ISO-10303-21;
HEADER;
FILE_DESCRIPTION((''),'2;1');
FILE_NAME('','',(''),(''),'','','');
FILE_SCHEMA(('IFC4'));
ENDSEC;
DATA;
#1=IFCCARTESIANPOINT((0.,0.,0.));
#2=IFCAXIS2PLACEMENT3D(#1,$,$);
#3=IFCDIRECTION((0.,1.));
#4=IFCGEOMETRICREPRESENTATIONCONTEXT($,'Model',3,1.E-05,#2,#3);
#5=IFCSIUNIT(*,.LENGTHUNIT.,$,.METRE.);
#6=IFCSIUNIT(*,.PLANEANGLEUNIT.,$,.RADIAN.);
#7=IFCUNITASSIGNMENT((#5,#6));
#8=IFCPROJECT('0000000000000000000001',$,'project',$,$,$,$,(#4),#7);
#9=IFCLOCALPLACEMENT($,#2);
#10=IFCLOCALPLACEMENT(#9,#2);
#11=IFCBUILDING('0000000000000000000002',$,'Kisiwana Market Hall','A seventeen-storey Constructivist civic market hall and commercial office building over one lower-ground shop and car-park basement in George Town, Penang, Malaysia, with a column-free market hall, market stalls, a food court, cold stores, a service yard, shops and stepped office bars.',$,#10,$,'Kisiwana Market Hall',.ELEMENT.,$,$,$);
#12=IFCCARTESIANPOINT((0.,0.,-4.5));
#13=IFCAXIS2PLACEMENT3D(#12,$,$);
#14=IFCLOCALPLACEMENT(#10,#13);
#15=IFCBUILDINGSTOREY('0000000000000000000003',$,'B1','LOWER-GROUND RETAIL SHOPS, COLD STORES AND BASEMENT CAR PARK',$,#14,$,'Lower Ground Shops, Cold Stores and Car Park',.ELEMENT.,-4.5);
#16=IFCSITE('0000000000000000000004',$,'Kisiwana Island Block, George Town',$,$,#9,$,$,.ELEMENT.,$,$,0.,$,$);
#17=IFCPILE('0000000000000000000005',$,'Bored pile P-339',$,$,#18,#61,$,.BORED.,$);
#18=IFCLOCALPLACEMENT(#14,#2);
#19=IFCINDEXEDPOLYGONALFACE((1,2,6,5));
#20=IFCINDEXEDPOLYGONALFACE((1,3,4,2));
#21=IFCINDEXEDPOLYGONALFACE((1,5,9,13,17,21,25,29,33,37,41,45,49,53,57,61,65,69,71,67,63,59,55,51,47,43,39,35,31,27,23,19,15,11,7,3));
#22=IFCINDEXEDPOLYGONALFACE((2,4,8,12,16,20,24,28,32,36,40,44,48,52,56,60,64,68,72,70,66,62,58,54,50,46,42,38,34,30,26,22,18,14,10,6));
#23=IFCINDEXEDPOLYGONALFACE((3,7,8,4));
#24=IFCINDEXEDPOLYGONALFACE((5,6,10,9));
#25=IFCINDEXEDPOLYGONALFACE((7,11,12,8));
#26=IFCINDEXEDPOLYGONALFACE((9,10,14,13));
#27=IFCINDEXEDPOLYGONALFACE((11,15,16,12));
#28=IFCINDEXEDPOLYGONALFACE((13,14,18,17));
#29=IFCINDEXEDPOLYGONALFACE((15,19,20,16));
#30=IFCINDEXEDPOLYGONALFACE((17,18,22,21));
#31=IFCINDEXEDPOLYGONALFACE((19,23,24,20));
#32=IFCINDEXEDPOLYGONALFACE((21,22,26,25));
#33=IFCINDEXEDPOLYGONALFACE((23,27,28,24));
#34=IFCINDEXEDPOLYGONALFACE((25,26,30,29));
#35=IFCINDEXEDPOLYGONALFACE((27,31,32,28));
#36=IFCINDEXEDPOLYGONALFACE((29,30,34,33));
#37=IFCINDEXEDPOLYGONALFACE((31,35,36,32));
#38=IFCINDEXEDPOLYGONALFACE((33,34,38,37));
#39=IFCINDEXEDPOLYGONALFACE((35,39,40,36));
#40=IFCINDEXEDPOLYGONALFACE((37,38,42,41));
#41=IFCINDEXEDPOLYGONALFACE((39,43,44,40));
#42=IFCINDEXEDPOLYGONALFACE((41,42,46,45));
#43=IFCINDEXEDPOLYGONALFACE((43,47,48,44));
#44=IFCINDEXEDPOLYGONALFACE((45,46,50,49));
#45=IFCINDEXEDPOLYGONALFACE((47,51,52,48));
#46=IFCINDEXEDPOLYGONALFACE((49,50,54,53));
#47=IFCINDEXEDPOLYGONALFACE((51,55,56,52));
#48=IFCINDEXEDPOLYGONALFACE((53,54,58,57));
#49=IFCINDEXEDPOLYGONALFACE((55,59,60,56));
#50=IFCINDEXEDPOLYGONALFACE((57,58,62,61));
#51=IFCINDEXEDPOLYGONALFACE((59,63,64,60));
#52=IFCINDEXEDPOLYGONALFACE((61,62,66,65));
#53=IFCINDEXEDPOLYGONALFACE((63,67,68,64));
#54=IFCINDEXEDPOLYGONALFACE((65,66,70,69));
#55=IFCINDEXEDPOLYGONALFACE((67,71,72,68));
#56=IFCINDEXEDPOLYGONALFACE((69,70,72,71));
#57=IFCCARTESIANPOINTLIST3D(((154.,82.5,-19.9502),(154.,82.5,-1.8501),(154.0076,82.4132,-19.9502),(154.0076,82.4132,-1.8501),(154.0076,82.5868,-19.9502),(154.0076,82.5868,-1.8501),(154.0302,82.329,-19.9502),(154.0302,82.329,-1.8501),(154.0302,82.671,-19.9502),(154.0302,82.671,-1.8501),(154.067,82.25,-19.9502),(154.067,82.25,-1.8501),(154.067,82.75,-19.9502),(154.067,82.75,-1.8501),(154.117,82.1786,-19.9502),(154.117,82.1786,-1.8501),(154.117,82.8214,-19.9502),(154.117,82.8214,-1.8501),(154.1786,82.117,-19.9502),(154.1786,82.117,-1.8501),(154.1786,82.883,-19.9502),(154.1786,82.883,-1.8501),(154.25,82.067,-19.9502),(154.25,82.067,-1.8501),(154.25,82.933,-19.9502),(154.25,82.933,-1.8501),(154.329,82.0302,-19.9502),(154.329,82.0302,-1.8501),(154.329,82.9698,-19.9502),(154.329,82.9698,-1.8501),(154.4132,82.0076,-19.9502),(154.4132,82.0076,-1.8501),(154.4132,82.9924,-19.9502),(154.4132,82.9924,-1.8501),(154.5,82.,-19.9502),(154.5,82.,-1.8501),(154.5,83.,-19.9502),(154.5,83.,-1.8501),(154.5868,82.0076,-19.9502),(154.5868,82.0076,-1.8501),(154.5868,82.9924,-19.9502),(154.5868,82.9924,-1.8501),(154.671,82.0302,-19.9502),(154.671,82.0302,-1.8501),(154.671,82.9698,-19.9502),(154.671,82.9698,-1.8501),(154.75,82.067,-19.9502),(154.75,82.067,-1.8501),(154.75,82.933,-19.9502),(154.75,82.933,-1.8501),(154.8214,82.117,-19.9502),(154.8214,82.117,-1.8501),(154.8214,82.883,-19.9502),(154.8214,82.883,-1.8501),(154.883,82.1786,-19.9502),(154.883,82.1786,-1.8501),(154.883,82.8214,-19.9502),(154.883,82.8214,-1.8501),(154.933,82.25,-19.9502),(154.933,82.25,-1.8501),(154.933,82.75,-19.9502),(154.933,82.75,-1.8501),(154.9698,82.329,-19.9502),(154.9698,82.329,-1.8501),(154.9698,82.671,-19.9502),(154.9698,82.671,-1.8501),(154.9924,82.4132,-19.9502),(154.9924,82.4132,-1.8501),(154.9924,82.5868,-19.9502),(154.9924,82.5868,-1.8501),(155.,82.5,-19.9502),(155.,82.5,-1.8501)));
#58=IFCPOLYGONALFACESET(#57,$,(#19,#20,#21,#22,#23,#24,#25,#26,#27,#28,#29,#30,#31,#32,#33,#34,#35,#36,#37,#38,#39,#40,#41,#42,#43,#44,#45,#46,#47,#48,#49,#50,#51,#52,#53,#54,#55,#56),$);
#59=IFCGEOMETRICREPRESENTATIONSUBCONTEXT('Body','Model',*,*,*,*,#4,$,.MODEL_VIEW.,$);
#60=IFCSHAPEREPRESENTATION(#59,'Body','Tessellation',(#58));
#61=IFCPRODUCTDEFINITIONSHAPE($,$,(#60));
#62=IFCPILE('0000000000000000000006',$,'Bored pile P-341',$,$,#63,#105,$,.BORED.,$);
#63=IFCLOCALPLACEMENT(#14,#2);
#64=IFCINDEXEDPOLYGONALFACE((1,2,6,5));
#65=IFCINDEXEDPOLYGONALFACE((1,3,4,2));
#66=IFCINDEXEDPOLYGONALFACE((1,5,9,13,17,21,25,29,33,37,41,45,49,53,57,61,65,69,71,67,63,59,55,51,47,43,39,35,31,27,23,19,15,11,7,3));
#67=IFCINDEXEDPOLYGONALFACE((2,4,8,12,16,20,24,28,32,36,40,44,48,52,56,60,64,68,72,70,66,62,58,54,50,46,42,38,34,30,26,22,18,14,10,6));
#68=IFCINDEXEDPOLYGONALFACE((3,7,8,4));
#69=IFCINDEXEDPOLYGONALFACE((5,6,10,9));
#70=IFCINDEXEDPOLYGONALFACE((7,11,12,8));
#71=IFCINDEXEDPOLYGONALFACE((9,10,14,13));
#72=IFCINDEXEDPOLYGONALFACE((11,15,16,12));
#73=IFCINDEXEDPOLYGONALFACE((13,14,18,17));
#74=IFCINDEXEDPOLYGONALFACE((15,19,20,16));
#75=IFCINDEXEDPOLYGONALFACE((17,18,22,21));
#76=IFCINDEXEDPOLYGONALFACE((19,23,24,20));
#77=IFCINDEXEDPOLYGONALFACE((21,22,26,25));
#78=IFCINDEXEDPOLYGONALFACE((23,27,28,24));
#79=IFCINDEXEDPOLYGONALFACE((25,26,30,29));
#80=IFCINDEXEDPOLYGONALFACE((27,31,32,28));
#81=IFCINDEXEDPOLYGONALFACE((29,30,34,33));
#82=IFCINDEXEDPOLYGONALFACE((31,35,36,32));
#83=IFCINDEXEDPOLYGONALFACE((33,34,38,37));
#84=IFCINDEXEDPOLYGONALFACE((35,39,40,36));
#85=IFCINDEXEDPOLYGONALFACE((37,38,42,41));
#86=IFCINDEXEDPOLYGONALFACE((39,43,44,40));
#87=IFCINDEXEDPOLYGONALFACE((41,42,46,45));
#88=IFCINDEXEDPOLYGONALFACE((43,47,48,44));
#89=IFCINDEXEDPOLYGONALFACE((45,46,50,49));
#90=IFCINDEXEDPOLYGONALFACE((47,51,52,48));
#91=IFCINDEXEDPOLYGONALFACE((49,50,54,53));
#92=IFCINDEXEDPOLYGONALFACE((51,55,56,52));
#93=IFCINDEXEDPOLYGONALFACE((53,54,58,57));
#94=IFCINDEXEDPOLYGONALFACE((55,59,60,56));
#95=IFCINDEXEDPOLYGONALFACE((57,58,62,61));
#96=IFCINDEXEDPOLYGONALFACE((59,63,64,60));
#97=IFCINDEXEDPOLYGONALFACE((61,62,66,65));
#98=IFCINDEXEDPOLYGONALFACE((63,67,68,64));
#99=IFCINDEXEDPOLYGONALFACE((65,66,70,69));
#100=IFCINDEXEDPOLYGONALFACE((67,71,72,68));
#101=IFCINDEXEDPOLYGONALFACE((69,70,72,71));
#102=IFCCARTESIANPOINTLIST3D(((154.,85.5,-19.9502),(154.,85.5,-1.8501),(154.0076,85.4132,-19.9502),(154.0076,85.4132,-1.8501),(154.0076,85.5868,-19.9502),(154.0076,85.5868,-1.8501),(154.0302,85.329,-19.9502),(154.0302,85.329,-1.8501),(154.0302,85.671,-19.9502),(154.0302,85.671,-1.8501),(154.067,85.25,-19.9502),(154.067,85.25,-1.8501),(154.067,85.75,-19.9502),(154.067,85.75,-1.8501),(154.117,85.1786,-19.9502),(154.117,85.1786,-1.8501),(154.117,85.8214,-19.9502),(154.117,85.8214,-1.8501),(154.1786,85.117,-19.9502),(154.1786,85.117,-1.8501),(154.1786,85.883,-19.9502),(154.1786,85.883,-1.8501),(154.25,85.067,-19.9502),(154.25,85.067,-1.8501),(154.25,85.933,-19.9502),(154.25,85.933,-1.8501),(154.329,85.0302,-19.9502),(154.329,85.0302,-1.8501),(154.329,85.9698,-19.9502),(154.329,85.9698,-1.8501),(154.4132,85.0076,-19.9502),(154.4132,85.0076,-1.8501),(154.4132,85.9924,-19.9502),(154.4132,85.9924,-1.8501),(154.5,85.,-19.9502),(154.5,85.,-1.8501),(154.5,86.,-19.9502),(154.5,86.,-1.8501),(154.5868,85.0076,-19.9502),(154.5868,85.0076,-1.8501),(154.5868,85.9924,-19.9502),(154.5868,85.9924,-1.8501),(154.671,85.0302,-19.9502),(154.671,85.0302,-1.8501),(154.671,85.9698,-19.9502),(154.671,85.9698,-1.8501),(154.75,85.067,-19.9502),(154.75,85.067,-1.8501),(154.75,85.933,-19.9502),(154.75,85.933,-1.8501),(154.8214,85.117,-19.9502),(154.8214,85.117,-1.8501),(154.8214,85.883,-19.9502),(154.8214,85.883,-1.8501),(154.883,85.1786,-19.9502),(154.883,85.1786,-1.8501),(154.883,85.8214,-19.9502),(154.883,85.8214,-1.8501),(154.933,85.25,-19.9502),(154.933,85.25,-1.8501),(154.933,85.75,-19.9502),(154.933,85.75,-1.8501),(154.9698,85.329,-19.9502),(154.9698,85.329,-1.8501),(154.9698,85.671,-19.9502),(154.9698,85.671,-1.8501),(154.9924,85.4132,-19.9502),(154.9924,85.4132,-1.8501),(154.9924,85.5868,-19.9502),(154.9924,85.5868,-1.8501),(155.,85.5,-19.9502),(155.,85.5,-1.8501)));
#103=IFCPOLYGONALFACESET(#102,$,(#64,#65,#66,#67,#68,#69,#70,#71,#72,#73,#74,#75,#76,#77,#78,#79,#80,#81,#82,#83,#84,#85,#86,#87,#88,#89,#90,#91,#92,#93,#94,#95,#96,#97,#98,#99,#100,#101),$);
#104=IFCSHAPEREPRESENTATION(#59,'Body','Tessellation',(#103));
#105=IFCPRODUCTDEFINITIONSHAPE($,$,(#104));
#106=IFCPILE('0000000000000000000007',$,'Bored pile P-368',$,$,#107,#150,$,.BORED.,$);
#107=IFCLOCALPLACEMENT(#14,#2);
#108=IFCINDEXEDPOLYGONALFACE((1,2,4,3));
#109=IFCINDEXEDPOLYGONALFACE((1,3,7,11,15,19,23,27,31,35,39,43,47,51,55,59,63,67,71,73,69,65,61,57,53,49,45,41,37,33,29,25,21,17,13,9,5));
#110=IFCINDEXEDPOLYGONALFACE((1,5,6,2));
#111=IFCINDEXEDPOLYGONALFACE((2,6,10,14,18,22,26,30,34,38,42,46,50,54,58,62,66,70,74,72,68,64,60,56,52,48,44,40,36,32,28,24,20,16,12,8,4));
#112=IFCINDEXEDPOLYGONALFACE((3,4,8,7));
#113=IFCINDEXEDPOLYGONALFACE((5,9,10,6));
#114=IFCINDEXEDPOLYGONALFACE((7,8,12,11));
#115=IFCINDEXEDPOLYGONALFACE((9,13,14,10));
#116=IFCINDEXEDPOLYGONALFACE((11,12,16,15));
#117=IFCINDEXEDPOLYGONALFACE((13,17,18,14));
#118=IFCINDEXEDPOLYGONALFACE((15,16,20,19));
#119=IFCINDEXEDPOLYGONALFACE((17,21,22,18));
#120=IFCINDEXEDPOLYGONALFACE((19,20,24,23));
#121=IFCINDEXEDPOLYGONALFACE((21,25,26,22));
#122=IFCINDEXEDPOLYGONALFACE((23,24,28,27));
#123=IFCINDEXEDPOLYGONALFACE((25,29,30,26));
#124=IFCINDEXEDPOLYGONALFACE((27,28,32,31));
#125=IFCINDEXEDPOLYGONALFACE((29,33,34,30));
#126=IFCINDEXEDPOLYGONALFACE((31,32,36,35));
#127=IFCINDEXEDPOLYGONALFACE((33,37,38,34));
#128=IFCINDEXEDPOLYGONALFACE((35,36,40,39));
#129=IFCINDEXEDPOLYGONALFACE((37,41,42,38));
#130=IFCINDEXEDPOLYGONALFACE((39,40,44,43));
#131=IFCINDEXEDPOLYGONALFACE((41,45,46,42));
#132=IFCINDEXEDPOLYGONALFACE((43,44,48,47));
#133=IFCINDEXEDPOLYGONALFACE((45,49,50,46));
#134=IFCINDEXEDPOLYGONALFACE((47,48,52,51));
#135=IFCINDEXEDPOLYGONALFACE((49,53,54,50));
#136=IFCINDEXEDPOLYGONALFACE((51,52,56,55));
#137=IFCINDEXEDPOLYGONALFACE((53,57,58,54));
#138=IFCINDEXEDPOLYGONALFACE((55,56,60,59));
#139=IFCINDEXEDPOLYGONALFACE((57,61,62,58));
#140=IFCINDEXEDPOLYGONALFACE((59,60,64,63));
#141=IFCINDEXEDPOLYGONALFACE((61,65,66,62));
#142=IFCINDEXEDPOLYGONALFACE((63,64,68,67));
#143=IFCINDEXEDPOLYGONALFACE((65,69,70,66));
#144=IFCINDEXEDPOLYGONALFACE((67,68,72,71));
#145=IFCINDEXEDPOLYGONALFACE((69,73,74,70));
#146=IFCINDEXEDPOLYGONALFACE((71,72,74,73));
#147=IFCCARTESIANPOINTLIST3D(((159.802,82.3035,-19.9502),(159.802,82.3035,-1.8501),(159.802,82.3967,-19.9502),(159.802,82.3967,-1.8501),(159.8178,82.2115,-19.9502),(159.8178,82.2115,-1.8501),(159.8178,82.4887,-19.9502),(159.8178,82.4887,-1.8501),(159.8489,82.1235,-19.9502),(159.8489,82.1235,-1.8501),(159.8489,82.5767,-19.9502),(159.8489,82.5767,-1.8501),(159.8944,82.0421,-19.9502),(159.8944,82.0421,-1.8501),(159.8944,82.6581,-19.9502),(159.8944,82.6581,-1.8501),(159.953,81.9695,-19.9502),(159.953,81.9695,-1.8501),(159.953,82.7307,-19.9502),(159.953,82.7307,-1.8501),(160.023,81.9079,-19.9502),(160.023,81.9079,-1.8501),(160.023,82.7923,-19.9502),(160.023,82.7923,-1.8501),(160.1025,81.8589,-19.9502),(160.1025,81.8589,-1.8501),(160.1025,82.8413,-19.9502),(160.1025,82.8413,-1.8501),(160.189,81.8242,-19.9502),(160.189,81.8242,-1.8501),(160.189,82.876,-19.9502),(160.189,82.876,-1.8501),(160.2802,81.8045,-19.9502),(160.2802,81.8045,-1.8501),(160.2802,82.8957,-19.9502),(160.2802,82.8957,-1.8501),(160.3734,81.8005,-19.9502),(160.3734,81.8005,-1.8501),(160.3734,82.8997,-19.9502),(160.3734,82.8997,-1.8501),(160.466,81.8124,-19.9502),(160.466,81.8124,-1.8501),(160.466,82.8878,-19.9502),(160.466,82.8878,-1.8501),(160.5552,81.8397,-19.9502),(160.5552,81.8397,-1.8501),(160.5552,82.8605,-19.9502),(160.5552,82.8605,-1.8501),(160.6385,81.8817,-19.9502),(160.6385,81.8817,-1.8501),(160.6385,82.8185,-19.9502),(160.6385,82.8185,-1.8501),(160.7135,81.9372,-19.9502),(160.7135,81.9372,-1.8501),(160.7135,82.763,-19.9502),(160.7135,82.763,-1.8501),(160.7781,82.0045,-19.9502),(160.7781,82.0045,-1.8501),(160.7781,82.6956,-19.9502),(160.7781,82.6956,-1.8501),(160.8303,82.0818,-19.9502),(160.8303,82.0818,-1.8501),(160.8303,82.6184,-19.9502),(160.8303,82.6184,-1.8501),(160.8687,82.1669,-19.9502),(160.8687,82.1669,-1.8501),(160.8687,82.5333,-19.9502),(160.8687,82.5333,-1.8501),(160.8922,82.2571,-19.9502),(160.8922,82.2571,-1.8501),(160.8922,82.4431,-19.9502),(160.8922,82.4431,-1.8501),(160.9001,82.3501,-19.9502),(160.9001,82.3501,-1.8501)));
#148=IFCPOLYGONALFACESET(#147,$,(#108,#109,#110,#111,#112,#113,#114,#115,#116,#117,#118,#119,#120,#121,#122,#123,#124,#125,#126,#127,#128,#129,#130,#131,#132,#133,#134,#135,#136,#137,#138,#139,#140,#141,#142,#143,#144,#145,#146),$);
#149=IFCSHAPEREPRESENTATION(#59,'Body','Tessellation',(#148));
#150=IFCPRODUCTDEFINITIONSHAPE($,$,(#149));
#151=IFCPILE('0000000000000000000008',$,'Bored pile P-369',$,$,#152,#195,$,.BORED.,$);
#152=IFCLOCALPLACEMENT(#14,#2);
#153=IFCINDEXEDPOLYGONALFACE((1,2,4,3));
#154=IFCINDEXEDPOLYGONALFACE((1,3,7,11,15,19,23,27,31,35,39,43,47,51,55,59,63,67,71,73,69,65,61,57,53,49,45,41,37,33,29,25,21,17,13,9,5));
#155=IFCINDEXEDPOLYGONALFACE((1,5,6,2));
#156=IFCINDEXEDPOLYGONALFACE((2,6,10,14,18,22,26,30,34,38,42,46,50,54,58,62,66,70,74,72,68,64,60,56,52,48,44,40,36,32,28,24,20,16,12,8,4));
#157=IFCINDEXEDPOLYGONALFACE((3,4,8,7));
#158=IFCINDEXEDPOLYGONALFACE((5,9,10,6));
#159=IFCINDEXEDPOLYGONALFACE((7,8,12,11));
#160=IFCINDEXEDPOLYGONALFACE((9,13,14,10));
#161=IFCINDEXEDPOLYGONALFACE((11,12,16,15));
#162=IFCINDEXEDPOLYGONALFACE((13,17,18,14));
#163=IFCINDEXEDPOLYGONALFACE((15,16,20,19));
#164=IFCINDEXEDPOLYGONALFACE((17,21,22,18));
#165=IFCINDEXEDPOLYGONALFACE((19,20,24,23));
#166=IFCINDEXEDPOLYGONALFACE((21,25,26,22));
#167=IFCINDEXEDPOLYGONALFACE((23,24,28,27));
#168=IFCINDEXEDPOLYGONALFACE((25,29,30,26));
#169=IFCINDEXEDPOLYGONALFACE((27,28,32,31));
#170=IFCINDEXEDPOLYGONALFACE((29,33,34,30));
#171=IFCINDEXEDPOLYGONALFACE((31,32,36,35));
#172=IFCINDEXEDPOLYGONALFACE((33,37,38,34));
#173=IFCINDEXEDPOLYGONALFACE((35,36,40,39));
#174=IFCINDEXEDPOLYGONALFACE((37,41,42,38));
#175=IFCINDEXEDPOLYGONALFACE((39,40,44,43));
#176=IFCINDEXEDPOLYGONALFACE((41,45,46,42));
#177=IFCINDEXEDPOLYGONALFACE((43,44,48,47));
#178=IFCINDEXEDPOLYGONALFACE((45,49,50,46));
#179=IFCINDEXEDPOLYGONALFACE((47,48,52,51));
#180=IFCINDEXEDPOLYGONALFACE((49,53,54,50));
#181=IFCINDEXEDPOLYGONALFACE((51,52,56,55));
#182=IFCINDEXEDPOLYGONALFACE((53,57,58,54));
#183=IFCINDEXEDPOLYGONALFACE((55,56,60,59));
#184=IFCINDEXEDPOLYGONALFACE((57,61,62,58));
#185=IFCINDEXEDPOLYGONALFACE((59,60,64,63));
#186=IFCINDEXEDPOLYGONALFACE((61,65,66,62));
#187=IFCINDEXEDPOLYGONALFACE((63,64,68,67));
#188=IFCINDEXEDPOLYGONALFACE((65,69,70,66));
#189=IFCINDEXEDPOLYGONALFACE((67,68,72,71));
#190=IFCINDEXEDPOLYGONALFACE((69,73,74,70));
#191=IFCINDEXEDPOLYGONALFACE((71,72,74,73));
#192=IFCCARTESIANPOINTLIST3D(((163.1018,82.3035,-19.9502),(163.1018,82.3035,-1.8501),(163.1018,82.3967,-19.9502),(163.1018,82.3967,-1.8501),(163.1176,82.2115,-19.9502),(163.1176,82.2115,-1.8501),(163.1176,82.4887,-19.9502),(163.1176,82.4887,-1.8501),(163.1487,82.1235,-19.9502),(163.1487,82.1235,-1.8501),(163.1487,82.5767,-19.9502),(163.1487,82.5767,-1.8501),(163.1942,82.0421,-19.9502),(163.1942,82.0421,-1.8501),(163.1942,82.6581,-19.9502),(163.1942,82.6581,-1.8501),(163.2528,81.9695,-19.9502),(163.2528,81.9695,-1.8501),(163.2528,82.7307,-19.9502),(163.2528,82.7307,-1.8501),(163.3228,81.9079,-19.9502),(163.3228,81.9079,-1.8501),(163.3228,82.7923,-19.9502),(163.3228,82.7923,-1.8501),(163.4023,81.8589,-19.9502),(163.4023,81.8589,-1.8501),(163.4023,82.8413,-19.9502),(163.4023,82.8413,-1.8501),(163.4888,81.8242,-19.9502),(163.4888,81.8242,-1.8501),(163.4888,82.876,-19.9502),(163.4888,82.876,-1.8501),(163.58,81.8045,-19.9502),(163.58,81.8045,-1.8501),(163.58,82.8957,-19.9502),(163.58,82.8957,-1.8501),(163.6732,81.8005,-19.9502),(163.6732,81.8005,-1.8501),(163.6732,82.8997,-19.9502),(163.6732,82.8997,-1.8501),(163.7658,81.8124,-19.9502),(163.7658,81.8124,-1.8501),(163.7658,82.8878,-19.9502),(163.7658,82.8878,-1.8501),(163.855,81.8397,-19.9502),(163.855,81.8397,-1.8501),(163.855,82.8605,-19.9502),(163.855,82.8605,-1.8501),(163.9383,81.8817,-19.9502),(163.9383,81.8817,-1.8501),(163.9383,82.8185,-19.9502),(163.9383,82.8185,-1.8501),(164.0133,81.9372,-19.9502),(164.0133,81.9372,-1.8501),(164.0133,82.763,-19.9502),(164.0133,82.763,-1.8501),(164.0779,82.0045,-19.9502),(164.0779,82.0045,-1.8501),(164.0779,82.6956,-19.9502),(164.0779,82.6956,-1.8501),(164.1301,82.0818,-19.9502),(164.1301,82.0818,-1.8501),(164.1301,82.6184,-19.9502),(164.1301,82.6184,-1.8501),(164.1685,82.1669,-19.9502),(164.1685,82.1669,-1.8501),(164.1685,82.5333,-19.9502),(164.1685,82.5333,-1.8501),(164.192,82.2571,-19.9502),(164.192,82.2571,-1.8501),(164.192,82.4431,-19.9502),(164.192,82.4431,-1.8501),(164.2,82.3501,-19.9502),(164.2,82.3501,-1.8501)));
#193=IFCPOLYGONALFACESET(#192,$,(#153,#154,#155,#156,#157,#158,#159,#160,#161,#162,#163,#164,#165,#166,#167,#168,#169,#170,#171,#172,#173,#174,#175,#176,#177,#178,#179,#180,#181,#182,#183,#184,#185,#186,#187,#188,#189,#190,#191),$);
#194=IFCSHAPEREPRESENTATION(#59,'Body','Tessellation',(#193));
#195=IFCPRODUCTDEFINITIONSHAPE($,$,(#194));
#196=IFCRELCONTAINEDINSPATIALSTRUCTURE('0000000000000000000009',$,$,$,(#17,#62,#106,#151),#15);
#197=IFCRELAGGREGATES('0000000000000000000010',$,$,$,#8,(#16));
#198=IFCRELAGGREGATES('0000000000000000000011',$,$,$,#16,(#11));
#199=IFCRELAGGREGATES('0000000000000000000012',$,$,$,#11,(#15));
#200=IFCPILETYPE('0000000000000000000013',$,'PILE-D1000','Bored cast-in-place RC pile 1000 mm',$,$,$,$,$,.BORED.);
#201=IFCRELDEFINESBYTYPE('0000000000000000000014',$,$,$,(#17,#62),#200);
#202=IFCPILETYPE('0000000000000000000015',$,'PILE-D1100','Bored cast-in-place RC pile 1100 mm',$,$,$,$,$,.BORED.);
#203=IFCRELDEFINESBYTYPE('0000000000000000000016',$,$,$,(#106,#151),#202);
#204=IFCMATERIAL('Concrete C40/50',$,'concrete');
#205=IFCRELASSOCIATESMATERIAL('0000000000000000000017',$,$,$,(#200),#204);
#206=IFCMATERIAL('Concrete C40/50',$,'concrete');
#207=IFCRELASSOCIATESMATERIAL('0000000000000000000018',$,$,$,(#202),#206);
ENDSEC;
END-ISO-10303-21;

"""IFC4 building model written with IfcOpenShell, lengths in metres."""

from ifc_helpers import new_model, si_unit, direction, frame, origin, origin_2d, place, context, subcontext, project, spatial, circle, extrude, material, material_profile, profile_set, type_object, element, save


model = new_model("IFC4")

# Units and contexts
model_context = context("Model", 3, precision=1e-05, world=origin(), true_north=direction((0.0, 1.0)))
body_context = subcontext(model_context, "Body", "Model", "MODEL_VIEW")
ifc_project = project(units=[si_unit("LENGTHUNIT", "METRE"), si_unit("PLANEANGLEUNIT", "RADIAN")], contexts=[model_context])

# Site, building, storey
site_placement = place(None, origin())
site = spatial("IfcSite", under=ifc_project, at=site_placement, Name="Kisiwana Island Block, George Town", CompositionType="ELEMENT", RefElevation=0.0)
building_placement = place(site_placement, origin())
building = spatial("IfcBuilding", under=site, at=building_placement, Name="Kisiwana Market Hall", Description="A seventeen-storey Constructivist civic market hall and commercial office building over one lower-ground shop and car-park basement in George Town, Penang, Malaysia, with a column-free market hall, market stalls, a food court, cold stores, a service yard, shops and stepped office bars.", LongName="Kisiwana Market Hall", CompositionType="ELEMENT")
storey_placement = place(building_placement, frame((0.0, 0.0, -4.5)))
storey = spatial("IfcBuildingStorey", under=building, at=storey_placement, Name="B1", Description="LOWER-GROUND RETAIL SHOPS, COLD STORES AND BASEMENT CAR PARK", LongName="Lower Ground Shops, Cold Stores and Car Park", CompositionType="ELEMENT", Elevation=-4.5)

# Piles
ifc_material_1 = material(Name="Concrete C40/50", Category="concrete")
ifc_material_profile_1 = material_profile(ifc_material_1, circle(Radius=0.5, at=origin_2d()), Name="BP D1000")
ifc_profile_set_1 = profile_set([ifc_material_profile_1], Name="Concrete C40/50")
pile_type_1 = type_object("IfcPileType", Name="PILE-D1000", Description="Bored cast-in-place RC pile 1000 mm", PredefinedType="BORED", material=ifc_profile_set_1)
for number, where, z_axis, x_axis, name in (
    (1, (154.5, 82.5, -1.8501), (0.0, 0.0, -1.0), (1.0, 0.0, 0.0), "Bored pile P-339"),
    (2, (154.5, 85.5, -1.8501), (0.0, 0.0, -1.0), (1.0, 0.0, 0.0), "Bored pile P-341"),
):
    element("IfcPile", number, at=place(storey_placement, frame(where, z_axis=z_axis, x_axis=x_axis)), inside=storey, type_object=pile_type_1, Name=name, PredefinedType="BORED", context=body_context, shape_type="SweptSolid", body=[
        extrude(circle(Radius=0.5, at=origin_2d()), origin(), (0.0, 0.0, 1.0), 18.1001),
    ])
ifc_material_2 = material(Name="Concrete C40/50", Category="concrete")
ifc_material_profile_2 = material_profile(ifc_material_2, circle(Radius=0.55, at=origin_2d()), Name="BP D1100")
ifc_profile_set_2 = profile_set([ifc_material_profile_2], Name="Concrete C40/50")
pile_type_2 = type_object("IfcPileType", Name="PILE-D1100", Description="Bored cast-in-place RC pile 1100 mm", PredefinedType="BORED", material=ifc_profile_set_2)
for number, where, z_axis, x_axis, name in (
    (3, (160.3501, 82.3501, -1.8501), (0.0, 0.0, -1.0), (1.0, 0.0, 0.0), "Bored pile P-368"),
    (4, (163.6499, 82.3501, -1.8501), (0.0, 0.0, -1.0), (1.0, 0.0, 0.0), "Bored pile P-369"),
):
    element("IfcPile", number, at=place(storey_placement, frame(where, z_axis=z_axis, x_axis=x_axis)), inside=storey, type_object=pile_type_2, Name=name, PredefinedType="BORED", context=body_context, shape_type="SweptSolid", body=[
        extrude(circle(Radius=0.55, at=origin_2d()), origin(), (0.0, 0.0, 1.0), 18.1001),
    ])

save(model, "model.ifc")
